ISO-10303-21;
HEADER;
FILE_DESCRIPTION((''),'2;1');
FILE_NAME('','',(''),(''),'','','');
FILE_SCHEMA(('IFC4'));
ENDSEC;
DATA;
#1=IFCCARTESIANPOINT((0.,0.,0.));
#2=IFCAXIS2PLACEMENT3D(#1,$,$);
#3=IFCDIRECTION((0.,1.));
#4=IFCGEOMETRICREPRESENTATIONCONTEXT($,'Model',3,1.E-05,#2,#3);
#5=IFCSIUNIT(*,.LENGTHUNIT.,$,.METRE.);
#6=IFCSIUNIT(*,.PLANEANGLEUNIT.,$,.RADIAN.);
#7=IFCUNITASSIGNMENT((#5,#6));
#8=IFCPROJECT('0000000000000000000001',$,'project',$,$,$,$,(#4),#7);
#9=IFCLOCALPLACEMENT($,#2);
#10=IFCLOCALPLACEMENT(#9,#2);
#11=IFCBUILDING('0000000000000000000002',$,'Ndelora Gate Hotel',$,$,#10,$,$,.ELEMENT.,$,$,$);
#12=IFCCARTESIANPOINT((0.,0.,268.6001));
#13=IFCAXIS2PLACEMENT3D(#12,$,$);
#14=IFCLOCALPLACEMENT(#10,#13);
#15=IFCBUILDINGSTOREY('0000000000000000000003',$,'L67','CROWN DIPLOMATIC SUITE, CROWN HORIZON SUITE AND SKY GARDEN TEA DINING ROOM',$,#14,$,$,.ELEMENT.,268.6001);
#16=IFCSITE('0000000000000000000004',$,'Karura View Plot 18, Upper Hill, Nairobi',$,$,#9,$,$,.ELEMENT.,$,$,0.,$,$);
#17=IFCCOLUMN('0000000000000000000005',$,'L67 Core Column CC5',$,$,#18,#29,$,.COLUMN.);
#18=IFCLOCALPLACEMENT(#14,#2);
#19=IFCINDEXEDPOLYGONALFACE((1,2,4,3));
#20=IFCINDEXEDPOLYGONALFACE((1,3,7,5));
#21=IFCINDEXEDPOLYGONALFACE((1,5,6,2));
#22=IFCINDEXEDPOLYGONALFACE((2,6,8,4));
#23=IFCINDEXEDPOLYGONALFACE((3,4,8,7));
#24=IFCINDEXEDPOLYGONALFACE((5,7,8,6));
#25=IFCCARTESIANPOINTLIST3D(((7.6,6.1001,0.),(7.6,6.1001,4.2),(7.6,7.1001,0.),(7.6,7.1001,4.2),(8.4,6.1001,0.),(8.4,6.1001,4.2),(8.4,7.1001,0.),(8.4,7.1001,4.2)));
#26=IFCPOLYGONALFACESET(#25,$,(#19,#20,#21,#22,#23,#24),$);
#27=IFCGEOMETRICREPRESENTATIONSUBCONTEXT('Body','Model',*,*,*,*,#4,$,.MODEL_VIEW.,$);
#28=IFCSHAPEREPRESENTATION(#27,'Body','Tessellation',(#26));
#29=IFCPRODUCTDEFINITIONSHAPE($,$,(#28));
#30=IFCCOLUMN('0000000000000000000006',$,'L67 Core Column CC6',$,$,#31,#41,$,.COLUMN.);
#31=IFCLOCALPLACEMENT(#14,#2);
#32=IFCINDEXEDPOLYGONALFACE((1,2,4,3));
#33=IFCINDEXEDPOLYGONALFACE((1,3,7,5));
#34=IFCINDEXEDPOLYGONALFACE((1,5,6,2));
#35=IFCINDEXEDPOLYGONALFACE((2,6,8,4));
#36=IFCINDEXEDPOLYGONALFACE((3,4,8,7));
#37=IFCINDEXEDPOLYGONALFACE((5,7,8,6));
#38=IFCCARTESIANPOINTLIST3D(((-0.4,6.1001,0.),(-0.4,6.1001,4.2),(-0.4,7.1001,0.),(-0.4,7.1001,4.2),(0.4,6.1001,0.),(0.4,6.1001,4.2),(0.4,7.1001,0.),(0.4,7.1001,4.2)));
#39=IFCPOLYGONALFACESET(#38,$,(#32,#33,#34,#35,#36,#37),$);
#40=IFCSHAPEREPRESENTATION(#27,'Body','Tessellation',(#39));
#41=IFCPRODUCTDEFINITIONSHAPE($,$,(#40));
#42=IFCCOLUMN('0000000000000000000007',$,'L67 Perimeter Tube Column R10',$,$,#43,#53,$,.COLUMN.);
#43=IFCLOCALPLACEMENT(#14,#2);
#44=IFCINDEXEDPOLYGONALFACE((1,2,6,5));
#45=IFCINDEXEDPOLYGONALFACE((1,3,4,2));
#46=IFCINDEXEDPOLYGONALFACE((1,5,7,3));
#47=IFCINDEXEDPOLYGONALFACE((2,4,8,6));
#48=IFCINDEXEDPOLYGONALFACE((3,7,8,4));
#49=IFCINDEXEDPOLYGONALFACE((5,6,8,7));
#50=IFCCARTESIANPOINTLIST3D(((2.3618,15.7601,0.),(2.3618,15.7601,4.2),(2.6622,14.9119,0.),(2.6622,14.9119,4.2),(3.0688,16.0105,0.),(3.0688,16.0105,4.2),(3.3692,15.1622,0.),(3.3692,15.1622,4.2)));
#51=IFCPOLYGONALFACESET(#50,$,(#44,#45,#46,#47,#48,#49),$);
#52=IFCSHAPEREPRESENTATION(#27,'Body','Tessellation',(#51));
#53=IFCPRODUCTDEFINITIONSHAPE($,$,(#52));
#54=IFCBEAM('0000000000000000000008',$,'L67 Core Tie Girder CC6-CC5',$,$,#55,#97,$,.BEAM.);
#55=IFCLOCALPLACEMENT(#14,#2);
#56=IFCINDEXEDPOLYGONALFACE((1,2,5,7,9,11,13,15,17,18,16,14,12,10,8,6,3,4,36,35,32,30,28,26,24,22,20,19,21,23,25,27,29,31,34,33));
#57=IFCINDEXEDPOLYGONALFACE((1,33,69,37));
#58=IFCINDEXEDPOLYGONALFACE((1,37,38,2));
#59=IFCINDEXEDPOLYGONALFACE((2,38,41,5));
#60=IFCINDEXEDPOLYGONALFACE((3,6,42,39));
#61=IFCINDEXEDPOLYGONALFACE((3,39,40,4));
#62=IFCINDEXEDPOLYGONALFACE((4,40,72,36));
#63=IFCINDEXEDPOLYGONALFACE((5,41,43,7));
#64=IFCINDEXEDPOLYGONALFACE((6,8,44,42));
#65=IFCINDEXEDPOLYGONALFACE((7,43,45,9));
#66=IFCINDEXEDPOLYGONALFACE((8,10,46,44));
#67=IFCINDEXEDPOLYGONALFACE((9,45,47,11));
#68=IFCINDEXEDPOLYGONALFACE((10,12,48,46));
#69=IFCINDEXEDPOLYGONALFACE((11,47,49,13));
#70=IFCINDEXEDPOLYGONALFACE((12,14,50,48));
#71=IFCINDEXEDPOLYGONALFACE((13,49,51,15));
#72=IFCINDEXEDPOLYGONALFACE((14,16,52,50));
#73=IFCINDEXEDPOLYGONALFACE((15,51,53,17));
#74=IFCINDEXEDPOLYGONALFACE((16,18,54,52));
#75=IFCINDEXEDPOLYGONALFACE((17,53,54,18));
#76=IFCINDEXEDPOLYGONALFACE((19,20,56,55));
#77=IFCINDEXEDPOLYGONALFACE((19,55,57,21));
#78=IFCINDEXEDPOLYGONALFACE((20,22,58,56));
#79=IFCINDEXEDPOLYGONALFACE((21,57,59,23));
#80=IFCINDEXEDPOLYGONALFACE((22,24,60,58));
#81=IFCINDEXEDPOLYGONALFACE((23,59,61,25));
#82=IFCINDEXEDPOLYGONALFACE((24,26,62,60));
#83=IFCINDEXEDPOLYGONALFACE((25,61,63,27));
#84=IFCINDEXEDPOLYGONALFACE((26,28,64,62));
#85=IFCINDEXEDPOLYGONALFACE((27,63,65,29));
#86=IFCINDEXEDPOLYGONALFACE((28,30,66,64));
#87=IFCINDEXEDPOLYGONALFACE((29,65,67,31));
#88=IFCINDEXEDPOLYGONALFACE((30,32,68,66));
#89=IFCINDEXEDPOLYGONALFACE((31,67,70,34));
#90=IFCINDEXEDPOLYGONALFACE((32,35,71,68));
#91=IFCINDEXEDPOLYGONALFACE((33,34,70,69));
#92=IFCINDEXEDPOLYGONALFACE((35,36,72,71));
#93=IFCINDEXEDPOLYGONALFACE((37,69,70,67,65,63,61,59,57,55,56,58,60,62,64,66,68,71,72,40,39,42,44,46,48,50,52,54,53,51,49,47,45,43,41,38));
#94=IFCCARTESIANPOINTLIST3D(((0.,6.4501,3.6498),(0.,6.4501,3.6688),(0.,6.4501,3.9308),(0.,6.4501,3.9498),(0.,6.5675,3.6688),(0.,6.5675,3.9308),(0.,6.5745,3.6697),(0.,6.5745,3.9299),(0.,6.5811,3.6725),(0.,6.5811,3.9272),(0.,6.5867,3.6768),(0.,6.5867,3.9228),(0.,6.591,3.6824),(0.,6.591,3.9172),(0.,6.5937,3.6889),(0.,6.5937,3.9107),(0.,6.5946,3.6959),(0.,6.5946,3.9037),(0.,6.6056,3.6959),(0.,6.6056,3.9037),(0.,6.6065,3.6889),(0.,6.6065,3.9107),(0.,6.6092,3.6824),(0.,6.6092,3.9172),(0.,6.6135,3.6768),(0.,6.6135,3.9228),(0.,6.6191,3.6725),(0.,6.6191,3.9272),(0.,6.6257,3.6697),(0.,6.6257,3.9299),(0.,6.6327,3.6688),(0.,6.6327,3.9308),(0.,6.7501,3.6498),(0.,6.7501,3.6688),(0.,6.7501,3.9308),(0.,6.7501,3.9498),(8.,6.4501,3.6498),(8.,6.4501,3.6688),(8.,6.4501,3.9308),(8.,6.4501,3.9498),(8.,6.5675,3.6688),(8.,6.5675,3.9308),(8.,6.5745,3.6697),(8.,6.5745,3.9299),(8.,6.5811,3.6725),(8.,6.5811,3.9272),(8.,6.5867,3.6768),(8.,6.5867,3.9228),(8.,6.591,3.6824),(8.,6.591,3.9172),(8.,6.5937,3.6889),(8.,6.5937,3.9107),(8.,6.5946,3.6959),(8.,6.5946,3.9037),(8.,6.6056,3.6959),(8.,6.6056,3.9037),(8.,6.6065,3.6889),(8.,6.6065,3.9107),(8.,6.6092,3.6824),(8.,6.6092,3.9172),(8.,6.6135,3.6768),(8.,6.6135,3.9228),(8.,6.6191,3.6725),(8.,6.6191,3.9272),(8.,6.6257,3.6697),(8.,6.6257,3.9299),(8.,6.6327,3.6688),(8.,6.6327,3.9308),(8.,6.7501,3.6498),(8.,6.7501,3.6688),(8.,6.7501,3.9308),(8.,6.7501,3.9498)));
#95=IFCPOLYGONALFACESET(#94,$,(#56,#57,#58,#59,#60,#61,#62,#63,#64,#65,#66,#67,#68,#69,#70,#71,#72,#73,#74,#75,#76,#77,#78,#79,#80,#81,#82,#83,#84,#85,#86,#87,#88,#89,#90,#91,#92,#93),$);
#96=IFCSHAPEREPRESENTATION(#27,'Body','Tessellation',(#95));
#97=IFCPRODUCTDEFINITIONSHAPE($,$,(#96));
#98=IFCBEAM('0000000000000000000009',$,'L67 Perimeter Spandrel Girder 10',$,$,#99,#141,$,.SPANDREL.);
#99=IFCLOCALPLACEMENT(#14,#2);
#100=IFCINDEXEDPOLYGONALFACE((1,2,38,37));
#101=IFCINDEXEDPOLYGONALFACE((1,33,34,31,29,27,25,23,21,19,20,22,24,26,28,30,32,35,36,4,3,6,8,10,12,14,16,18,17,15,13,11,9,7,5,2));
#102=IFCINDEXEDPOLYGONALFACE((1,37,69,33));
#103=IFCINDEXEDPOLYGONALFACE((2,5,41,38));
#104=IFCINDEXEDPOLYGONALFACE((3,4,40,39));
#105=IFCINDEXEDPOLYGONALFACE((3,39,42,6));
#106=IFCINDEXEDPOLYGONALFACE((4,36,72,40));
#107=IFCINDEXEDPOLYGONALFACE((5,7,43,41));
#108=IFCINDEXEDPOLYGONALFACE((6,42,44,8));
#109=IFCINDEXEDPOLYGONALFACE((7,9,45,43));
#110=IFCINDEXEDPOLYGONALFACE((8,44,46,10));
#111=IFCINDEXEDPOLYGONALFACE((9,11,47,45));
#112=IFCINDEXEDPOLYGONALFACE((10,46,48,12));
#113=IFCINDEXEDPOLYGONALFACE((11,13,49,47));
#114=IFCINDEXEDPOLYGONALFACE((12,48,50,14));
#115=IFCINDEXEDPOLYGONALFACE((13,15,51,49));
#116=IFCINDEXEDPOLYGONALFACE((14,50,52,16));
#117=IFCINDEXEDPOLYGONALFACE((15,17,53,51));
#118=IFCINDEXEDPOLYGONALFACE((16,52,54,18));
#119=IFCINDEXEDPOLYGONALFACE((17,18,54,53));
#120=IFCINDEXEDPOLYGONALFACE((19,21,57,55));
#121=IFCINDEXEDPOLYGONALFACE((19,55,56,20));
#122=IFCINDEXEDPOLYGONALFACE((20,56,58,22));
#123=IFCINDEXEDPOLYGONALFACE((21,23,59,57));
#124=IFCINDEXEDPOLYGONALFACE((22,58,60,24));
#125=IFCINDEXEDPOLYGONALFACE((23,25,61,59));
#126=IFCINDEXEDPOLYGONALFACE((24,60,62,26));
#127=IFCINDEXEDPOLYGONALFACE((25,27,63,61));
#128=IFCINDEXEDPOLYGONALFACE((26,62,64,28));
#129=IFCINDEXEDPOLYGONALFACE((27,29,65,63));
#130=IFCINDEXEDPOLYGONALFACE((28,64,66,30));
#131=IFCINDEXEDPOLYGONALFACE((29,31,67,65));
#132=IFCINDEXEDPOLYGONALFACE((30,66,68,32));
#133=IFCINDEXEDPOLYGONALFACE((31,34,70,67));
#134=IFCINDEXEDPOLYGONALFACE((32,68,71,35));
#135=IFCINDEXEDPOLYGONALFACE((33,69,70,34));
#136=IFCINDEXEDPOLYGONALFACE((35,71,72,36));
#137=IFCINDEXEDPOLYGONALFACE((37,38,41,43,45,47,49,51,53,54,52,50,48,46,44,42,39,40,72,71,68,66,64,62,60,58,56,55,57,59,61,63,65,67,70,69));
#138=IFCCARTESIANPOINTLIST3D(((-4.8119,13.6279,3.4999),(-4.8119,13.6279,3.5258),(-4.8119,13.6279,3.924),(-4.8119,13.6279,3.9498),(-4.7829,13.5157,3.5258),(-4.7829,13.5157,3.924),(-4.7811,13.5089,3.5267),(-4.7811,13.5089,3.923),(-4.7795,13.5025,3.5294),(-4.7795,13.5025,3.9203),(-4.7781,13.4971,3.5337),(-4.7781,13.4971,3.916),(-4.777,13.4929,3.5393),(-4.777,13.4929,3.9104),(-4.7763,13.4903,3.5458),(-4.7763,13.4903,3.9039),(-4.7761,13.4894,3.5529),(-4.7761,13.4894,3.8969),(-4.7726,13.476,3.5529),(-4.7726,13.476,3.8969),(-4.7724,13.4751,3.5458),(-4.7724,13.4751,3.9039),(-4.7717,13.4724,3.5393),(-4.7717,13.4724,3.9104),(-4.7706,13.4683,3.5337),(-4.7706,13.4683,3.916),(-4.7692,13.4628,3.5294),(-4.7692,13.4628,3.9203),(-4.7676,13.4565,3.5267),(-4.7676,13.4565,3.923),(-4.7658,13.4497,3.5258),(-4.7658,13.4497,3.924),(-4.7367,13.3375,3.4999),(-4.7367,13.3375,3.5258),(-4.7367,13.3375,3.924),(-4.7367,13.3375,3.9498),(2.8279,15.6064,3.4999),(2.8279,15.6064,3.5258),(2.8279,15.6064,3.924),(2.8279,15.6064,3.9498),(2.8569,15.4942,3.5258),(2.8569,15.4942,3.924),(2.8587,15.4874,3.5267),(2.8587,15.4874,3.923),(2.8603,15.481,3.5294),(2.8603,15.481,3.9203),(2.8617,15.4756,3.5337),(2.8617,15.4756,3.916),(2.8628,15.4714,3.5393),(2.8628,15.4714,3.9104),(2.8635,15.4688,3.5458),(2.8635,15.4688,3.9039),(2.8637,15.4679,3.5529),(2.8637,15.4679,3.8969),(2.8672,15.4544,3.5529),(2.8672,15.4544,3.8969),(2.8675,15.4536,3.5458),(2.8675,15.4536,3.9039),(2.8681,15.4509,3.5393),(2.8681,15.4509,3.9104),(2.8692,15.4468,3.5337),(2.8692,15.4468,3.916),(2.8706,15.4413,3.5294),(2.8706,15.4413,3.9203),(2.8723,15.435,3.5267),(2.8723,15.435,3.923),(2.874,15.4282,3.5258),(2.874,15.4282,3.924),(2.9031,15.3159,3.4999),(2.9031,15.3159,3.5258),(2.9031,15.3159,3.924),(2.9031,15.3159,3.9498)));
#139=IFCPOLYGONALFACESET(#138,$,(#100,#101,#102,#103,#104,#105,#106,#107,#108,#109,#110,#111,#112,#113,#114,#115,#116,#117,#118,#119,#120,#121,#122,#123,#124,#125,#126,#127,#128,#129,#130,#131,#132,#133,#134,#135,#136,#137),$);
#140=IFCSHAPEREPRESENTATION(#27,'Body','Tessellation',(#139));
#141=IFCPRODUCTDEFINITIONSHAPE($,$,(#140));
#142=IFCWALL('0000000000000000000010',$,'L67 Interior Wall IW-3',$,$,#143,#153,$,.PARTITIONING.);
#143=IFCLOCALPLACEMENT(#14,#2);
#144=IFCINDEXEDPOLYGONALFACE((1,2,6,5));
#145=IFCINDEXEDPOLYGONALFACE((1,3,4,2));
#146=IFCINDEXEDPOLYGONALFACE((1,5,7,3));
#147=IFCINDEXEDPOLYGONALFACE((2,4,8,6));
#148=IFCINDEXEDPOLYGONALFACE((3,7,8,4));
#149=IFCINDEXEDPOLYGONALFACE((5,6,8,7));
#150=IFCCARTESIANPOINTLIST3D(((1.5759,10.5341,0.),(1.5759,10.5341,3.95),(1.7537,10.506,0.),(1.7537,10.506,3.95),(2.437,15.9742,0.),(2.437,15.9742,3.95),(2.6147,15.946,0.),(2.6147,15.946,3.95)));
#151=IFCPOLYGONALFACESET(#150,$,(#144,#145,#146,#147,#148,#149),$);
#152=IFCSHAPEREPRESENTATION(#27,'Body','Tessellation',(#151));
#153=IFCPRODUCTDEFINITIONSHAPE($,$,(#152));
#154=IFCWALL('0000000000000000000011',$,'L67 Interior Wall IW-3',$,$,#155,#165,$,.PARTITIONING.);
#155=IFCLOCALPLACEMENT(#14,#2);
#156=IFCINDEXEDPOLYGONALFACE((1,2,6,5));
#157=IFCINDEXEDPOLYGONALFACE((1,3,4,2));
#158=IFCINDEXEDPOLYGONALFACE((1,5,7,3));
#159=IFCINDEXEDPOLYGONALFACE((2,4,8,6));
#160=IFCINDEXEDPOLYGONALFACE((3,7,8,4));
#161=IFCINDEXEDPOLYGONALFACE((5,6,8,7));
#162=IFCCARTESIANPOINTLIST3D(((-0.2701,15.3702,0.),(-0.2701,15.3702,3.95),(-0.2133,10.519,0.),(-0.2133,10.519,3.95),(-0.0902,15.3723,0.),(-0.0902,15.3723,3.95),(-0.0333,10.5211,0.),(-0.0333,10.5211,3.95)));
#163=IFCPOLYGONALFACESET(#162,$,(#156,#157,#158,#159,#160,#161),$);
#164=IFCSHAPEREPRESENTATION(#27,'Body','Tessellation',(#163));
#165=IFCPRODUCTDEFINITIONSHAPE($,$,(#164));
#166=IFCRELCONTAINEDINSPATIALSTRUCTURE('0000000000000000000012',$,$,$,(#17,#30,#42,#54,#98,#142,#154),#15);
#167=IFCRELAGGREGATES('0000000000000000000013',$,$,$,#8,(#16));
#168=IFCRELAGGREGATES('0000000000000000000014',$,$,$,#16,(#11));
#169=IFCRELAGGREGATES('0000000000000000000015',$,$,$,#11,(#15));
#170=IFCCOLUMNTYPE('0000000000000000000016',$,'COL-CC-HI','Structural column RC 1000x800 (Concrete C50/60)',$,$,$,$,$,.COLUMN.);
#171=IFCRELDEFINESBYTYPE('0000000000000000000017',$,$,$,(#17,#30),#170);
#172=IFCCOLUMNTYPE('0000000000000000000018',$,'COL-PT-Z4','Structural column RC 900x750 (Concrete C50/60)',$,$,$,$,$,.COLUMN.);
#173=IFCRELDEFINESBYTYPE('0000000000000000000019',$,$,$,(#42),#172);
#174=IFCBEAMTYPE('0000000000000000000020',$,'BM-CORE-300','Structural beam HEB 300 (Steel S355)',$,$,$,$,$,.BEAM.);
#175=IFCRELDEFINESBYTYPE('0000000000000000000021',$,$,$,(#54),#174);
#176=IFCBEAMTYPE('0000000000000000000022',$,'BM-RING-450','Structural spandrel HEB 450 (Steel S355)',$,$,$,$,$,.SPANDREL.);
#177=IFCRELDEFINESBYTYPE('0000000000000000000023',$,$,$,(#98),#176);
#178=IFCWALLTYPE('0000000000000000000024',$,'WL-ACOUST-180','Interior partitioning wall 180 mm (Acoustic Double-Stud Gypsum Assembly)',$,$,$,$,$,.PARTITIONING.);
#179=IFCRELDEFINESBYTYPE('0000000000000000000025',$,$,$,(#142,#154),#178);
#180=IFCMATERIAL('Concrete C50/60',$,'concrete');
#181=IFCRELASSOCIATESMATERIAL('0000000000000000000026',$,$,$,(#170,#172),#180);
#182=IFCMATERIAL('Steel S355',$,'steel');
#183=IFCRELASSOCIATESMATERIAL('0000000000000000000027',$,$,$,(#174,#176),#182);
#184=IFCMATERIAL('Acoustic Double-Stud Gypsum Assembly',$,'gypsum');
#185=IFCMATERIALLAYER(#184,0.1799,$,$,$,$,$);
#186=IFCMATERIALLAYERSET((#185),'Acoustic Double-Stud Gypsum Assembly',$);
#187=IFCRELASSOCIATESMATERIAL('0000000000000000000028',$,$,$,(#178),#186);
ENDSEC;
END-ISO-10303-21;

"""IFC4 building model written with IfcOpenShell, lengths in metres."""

from ifc_helpers import new_model, si_unit, direction, frame, frame_2d, origin, origin_2d, place, context, subcontext, project, spatial, rectangle, i_section, extrude, material, layer, layer_set, material_profile, profile_set, type_object, element, save


model = new_model("IFC4")

# Units and contexts
model_context = context("Model", 3, precision=1e-05, world=origin(), true_north=direction((0.0, 1.0)))
body_context = subcontext(model_context, "Body", "Model", "MODEL_VIEW")
ifc_project = project(units=[si_unit("LENGTHUNIT", "METRE"), si_unit("PLANEANGLEUNIT", "RADIAN")], contexts=[model_context])

# Site, building, storey
site_placement = place(None, origin())
site = spatial("IfcSite", under=ifc_project, at=site_placement, Name="Karura View Plot 18, Upper Hill, Nairobi", CompositionType="ELEMENT", RefElevation=0.0)
building_placement = place(site_placement, origin())
building = spatial("IfcBuilding", under=site, at=building_placement, Name="Ndelora Gate Hotel", CompositionType="ELEMENT")
storey_placement = place(building_placement, frame((0.0, 0.0, 268.6001)))
storey = spatial("IfcBuildingStorey", under=building, at=storey_placement, Name="L67", Description="CROWN DIPLOMATIC SUITE, CROWN HORIZON SUITE AND SKY GARDEN TEA DINING ROOM", CompositionType="ELEMENT", Elevation=268.6001)

# Columns
ifc_material_1 = material(Name="Concrete C50/60", Category="concrete")
ifc_material_profile_1 = material_profile(ifc_material_1, rectangle(XDim=0.8, YDim=1.0, at=origin_2d()), Name="RC 1000x800")
ifc_profile_set_1 = profile_set([ifc_material_profile_1], Name="Concrete C50/60")
column_type_1 = type_object("IfcColumnType", Name="COL-CC-HI", Description="Structural column RC 1000x800 (Concrete C50/60)", PredefinedType="COLUMN", material=ifc_profile_set_1)
for number, where, z_axis, x_axis, name in (
    (1, (8.0, 6.6001, 0.0), (0.0, 0.0, 1.0), (1.0, 0.0, 0.0), "L67 Core Column CC5"),
    (2, (0.0, 6.6001, 0.0), (0.0, 0.0, 1.0), (1.0, 0.0, 0.0), "L67 Core Column CC6"),
):
    element("IfcColumn", number, at=place(storey_placement, frame(where, z_axis=z_axis, x_axis=x_axis)), inside=storey, type_object=column_type_1, Name=name, PredefinedType="COLUMN", context=body_context, shape_type="SweptSolid", body=[
        extrude(rectangle(XDim=0.8, YDim=1.0, at=origin_2d()), origin(), (0.0, 0.0, 1.0), 4.2),
    ])
ifc_material_profile_2 = material_profile(ifc_material_1, rectangle(XDim=0.75, YDim=0.8999, at=origin_2d()), Name="RC 900x750")
ifc_profile_set_2 = profile_set([ifc_material_profile_2], Name="Concrete C50/60")
column_type_2 = type_object("IfcColumnType", Name="COL-PT-Z4", Description="Structural column RC 900x750 (Concrete C50/60)", PredefinedType="COLUMN", material=ifc_profile_set_2)
column_placement = place(storey_placement, frame((2.8655, 15.4612, 0.0), z_axis=(0.0, 0.0, 1.0), x_axis=(0.942641, 0.333807, 0.0)))
element("IfcColumn", 3, at=column_placement, inside=storey, type_object=column_type_2, Name="L67 Perimeter Tube Column R10", PredefinedType="COLUMN", context=body_context, shape_type="SweptSolid", body=[
    extrude(rectangle(XDim=0.75, YDim=0.8999, at=origin_2d()), origin(), (0.0, 0.0, 1.0), 4.2),
])

# Beams
ifc_material_2 = material(Name="Steel S355", Category="steel")
ifc_material_profile_3 = material_profile(ifc_material_2, i_section(OverallWidth=0.3, OverallDepth=0.3, WebThickness=0.011, FlangeThickness=0.019, FilletRadius=0.0271, at=origin_2d()), Name="HEB 300")
ifc_profile_set_3 = profile_set([ifc_material_profile_3], Name="Steel S355")
beam_type_1 = type_object("IfcBeamType", Name="BM-CORE-300", Description="Structural beam HEB 300 (Steel S355)", PredefinedType="BEAM", material=ifc_profile_set_3)
beam_1_placement = place(storey_placement, frame((0.0, 6.6001, 3.7998), z_axis=(1.0, 0.0, 0.0), x_axis=(0.0, 1.0, 0.0)))
element("IfcBeam", 4, at=beam_1_placement, inside=storey, type_object=beam_type_1, Name="L67 Core Tie Girder CC6-CC5", PredefinedType="BEAM", context=body_context, shape_type="SweptSolid", body=[
    extrude(i_section(OverallWidth=0.3, OverallDepth=0.3, WebThickness=0.011, FlangeThickness=0.019, FilletRadius=0.0271, at=origin_2d()), origin(), (0.0, 0.0, 1.0), 8.0),
])
ifc_material_profile_4 = material_profile(ifc_material_2, i_section(OverallWidth=0.3, OverallDepth=0.45, WebThickness=0.0139, FlangeThickness=0.0259, FilletRadius=0.0271, at=origin_2d()), Name="HEB 450")
ifc_profile_set_4 = profile_set([ifc_material_profile_4], Name="Steel S355")
beam_type_2 = type_object("IfcBeamType", Name="BM-RING-450", Description="Structural spandrel HEB 450 (Steel S355)", PredefinedType="SPANDREL", material=ifc_profile_set_4)
beam_2_placement = place(storey_placement, frame((2.8655, 15.4612, 3.7249), z_axis=(-0.968064, -0.250701, 0.0), x_axis=(0.250701, -0.968064, 0.0)))
element("IfcBeam", 5, at=beam_2_placement, inside=storey, type_object=beam_type_2, Name="L67 Perimeter Spandrel Girder 10", PredefinedType="SPANDREL", context=body_context, shape_type="SweptSolid", body=[
    extrude(i_section(OverallWidth=0.3, OverallDepth=0.45, WebThickness=0.0139, FlangeThickness=0.0259, FilletRadius=0.0271, at=origin_2d()), origin(), (0.0, 0.0, 1.0), 7.8918),
])

# Walls
ifc_material_3 = material(Name="Acoustic Double-Stud Gypsum Assembly", Category="gypsum")
ifc_layer_1 = layer(ifc_material_3, 0.1799)
ifc_layer_set_1 = layer_set([ifc_layer_1], Name="Acoustic Double-Stud Gypsum Assembly")
wall_type_1 = type_object("IfcWallType", Name="WL-ACOUST-180", Description="Interior partitioning wall 180 mm (Acoustic Double-Stud Gypsum Assembly)", PredefinedType="PARTITIONING", material=ifc_layer_set_1)
wall_1_placement = place(storey_placement, frame((1.6648, 10.52, 0.0), z_axis=(0.0, 0.0, 1.0), x_axis=(0.156336, 0.987704, 0.0)))
element("IfcWall", 6, at=wall_1_placement, inside=storey, type_object=wall_type_1, Name="L67 Interior Wall IW-3", PredefinedType="PARTITIONING", context=body_context, shape_type="SweptSolid", body=[
    extrude(rectangle(XDim=5.5078, YDim=0.1799, at=frame_2d((2.7539, 0.0))), origin(), (0.0, 0.0, 1.0), 3.95),
])
wall_2_placement = place(storey_placement, frame((-0.1233, 10.52, 0.0), z_axis=(0.0, 0.0, 1.0), x_axis=(-0.011725, 0.999931, 0.0)))
element("IfcWall", 7, at=wall_2_placement, inside=storey, type_object=wall_type_1, Name="L67 Interior Wall IW-3", PredefinedType="PARTITIONING", context=body_context, shape_type="SweptSolid", body=[
    extrude(rectangle(XDim=4.8516, YDim=0.1799, at=frame_2d((2.4258, 0.0))), origin(), (0.0, 0.0, 1.0), 3.95),
])

save(model, "model.ifc")
